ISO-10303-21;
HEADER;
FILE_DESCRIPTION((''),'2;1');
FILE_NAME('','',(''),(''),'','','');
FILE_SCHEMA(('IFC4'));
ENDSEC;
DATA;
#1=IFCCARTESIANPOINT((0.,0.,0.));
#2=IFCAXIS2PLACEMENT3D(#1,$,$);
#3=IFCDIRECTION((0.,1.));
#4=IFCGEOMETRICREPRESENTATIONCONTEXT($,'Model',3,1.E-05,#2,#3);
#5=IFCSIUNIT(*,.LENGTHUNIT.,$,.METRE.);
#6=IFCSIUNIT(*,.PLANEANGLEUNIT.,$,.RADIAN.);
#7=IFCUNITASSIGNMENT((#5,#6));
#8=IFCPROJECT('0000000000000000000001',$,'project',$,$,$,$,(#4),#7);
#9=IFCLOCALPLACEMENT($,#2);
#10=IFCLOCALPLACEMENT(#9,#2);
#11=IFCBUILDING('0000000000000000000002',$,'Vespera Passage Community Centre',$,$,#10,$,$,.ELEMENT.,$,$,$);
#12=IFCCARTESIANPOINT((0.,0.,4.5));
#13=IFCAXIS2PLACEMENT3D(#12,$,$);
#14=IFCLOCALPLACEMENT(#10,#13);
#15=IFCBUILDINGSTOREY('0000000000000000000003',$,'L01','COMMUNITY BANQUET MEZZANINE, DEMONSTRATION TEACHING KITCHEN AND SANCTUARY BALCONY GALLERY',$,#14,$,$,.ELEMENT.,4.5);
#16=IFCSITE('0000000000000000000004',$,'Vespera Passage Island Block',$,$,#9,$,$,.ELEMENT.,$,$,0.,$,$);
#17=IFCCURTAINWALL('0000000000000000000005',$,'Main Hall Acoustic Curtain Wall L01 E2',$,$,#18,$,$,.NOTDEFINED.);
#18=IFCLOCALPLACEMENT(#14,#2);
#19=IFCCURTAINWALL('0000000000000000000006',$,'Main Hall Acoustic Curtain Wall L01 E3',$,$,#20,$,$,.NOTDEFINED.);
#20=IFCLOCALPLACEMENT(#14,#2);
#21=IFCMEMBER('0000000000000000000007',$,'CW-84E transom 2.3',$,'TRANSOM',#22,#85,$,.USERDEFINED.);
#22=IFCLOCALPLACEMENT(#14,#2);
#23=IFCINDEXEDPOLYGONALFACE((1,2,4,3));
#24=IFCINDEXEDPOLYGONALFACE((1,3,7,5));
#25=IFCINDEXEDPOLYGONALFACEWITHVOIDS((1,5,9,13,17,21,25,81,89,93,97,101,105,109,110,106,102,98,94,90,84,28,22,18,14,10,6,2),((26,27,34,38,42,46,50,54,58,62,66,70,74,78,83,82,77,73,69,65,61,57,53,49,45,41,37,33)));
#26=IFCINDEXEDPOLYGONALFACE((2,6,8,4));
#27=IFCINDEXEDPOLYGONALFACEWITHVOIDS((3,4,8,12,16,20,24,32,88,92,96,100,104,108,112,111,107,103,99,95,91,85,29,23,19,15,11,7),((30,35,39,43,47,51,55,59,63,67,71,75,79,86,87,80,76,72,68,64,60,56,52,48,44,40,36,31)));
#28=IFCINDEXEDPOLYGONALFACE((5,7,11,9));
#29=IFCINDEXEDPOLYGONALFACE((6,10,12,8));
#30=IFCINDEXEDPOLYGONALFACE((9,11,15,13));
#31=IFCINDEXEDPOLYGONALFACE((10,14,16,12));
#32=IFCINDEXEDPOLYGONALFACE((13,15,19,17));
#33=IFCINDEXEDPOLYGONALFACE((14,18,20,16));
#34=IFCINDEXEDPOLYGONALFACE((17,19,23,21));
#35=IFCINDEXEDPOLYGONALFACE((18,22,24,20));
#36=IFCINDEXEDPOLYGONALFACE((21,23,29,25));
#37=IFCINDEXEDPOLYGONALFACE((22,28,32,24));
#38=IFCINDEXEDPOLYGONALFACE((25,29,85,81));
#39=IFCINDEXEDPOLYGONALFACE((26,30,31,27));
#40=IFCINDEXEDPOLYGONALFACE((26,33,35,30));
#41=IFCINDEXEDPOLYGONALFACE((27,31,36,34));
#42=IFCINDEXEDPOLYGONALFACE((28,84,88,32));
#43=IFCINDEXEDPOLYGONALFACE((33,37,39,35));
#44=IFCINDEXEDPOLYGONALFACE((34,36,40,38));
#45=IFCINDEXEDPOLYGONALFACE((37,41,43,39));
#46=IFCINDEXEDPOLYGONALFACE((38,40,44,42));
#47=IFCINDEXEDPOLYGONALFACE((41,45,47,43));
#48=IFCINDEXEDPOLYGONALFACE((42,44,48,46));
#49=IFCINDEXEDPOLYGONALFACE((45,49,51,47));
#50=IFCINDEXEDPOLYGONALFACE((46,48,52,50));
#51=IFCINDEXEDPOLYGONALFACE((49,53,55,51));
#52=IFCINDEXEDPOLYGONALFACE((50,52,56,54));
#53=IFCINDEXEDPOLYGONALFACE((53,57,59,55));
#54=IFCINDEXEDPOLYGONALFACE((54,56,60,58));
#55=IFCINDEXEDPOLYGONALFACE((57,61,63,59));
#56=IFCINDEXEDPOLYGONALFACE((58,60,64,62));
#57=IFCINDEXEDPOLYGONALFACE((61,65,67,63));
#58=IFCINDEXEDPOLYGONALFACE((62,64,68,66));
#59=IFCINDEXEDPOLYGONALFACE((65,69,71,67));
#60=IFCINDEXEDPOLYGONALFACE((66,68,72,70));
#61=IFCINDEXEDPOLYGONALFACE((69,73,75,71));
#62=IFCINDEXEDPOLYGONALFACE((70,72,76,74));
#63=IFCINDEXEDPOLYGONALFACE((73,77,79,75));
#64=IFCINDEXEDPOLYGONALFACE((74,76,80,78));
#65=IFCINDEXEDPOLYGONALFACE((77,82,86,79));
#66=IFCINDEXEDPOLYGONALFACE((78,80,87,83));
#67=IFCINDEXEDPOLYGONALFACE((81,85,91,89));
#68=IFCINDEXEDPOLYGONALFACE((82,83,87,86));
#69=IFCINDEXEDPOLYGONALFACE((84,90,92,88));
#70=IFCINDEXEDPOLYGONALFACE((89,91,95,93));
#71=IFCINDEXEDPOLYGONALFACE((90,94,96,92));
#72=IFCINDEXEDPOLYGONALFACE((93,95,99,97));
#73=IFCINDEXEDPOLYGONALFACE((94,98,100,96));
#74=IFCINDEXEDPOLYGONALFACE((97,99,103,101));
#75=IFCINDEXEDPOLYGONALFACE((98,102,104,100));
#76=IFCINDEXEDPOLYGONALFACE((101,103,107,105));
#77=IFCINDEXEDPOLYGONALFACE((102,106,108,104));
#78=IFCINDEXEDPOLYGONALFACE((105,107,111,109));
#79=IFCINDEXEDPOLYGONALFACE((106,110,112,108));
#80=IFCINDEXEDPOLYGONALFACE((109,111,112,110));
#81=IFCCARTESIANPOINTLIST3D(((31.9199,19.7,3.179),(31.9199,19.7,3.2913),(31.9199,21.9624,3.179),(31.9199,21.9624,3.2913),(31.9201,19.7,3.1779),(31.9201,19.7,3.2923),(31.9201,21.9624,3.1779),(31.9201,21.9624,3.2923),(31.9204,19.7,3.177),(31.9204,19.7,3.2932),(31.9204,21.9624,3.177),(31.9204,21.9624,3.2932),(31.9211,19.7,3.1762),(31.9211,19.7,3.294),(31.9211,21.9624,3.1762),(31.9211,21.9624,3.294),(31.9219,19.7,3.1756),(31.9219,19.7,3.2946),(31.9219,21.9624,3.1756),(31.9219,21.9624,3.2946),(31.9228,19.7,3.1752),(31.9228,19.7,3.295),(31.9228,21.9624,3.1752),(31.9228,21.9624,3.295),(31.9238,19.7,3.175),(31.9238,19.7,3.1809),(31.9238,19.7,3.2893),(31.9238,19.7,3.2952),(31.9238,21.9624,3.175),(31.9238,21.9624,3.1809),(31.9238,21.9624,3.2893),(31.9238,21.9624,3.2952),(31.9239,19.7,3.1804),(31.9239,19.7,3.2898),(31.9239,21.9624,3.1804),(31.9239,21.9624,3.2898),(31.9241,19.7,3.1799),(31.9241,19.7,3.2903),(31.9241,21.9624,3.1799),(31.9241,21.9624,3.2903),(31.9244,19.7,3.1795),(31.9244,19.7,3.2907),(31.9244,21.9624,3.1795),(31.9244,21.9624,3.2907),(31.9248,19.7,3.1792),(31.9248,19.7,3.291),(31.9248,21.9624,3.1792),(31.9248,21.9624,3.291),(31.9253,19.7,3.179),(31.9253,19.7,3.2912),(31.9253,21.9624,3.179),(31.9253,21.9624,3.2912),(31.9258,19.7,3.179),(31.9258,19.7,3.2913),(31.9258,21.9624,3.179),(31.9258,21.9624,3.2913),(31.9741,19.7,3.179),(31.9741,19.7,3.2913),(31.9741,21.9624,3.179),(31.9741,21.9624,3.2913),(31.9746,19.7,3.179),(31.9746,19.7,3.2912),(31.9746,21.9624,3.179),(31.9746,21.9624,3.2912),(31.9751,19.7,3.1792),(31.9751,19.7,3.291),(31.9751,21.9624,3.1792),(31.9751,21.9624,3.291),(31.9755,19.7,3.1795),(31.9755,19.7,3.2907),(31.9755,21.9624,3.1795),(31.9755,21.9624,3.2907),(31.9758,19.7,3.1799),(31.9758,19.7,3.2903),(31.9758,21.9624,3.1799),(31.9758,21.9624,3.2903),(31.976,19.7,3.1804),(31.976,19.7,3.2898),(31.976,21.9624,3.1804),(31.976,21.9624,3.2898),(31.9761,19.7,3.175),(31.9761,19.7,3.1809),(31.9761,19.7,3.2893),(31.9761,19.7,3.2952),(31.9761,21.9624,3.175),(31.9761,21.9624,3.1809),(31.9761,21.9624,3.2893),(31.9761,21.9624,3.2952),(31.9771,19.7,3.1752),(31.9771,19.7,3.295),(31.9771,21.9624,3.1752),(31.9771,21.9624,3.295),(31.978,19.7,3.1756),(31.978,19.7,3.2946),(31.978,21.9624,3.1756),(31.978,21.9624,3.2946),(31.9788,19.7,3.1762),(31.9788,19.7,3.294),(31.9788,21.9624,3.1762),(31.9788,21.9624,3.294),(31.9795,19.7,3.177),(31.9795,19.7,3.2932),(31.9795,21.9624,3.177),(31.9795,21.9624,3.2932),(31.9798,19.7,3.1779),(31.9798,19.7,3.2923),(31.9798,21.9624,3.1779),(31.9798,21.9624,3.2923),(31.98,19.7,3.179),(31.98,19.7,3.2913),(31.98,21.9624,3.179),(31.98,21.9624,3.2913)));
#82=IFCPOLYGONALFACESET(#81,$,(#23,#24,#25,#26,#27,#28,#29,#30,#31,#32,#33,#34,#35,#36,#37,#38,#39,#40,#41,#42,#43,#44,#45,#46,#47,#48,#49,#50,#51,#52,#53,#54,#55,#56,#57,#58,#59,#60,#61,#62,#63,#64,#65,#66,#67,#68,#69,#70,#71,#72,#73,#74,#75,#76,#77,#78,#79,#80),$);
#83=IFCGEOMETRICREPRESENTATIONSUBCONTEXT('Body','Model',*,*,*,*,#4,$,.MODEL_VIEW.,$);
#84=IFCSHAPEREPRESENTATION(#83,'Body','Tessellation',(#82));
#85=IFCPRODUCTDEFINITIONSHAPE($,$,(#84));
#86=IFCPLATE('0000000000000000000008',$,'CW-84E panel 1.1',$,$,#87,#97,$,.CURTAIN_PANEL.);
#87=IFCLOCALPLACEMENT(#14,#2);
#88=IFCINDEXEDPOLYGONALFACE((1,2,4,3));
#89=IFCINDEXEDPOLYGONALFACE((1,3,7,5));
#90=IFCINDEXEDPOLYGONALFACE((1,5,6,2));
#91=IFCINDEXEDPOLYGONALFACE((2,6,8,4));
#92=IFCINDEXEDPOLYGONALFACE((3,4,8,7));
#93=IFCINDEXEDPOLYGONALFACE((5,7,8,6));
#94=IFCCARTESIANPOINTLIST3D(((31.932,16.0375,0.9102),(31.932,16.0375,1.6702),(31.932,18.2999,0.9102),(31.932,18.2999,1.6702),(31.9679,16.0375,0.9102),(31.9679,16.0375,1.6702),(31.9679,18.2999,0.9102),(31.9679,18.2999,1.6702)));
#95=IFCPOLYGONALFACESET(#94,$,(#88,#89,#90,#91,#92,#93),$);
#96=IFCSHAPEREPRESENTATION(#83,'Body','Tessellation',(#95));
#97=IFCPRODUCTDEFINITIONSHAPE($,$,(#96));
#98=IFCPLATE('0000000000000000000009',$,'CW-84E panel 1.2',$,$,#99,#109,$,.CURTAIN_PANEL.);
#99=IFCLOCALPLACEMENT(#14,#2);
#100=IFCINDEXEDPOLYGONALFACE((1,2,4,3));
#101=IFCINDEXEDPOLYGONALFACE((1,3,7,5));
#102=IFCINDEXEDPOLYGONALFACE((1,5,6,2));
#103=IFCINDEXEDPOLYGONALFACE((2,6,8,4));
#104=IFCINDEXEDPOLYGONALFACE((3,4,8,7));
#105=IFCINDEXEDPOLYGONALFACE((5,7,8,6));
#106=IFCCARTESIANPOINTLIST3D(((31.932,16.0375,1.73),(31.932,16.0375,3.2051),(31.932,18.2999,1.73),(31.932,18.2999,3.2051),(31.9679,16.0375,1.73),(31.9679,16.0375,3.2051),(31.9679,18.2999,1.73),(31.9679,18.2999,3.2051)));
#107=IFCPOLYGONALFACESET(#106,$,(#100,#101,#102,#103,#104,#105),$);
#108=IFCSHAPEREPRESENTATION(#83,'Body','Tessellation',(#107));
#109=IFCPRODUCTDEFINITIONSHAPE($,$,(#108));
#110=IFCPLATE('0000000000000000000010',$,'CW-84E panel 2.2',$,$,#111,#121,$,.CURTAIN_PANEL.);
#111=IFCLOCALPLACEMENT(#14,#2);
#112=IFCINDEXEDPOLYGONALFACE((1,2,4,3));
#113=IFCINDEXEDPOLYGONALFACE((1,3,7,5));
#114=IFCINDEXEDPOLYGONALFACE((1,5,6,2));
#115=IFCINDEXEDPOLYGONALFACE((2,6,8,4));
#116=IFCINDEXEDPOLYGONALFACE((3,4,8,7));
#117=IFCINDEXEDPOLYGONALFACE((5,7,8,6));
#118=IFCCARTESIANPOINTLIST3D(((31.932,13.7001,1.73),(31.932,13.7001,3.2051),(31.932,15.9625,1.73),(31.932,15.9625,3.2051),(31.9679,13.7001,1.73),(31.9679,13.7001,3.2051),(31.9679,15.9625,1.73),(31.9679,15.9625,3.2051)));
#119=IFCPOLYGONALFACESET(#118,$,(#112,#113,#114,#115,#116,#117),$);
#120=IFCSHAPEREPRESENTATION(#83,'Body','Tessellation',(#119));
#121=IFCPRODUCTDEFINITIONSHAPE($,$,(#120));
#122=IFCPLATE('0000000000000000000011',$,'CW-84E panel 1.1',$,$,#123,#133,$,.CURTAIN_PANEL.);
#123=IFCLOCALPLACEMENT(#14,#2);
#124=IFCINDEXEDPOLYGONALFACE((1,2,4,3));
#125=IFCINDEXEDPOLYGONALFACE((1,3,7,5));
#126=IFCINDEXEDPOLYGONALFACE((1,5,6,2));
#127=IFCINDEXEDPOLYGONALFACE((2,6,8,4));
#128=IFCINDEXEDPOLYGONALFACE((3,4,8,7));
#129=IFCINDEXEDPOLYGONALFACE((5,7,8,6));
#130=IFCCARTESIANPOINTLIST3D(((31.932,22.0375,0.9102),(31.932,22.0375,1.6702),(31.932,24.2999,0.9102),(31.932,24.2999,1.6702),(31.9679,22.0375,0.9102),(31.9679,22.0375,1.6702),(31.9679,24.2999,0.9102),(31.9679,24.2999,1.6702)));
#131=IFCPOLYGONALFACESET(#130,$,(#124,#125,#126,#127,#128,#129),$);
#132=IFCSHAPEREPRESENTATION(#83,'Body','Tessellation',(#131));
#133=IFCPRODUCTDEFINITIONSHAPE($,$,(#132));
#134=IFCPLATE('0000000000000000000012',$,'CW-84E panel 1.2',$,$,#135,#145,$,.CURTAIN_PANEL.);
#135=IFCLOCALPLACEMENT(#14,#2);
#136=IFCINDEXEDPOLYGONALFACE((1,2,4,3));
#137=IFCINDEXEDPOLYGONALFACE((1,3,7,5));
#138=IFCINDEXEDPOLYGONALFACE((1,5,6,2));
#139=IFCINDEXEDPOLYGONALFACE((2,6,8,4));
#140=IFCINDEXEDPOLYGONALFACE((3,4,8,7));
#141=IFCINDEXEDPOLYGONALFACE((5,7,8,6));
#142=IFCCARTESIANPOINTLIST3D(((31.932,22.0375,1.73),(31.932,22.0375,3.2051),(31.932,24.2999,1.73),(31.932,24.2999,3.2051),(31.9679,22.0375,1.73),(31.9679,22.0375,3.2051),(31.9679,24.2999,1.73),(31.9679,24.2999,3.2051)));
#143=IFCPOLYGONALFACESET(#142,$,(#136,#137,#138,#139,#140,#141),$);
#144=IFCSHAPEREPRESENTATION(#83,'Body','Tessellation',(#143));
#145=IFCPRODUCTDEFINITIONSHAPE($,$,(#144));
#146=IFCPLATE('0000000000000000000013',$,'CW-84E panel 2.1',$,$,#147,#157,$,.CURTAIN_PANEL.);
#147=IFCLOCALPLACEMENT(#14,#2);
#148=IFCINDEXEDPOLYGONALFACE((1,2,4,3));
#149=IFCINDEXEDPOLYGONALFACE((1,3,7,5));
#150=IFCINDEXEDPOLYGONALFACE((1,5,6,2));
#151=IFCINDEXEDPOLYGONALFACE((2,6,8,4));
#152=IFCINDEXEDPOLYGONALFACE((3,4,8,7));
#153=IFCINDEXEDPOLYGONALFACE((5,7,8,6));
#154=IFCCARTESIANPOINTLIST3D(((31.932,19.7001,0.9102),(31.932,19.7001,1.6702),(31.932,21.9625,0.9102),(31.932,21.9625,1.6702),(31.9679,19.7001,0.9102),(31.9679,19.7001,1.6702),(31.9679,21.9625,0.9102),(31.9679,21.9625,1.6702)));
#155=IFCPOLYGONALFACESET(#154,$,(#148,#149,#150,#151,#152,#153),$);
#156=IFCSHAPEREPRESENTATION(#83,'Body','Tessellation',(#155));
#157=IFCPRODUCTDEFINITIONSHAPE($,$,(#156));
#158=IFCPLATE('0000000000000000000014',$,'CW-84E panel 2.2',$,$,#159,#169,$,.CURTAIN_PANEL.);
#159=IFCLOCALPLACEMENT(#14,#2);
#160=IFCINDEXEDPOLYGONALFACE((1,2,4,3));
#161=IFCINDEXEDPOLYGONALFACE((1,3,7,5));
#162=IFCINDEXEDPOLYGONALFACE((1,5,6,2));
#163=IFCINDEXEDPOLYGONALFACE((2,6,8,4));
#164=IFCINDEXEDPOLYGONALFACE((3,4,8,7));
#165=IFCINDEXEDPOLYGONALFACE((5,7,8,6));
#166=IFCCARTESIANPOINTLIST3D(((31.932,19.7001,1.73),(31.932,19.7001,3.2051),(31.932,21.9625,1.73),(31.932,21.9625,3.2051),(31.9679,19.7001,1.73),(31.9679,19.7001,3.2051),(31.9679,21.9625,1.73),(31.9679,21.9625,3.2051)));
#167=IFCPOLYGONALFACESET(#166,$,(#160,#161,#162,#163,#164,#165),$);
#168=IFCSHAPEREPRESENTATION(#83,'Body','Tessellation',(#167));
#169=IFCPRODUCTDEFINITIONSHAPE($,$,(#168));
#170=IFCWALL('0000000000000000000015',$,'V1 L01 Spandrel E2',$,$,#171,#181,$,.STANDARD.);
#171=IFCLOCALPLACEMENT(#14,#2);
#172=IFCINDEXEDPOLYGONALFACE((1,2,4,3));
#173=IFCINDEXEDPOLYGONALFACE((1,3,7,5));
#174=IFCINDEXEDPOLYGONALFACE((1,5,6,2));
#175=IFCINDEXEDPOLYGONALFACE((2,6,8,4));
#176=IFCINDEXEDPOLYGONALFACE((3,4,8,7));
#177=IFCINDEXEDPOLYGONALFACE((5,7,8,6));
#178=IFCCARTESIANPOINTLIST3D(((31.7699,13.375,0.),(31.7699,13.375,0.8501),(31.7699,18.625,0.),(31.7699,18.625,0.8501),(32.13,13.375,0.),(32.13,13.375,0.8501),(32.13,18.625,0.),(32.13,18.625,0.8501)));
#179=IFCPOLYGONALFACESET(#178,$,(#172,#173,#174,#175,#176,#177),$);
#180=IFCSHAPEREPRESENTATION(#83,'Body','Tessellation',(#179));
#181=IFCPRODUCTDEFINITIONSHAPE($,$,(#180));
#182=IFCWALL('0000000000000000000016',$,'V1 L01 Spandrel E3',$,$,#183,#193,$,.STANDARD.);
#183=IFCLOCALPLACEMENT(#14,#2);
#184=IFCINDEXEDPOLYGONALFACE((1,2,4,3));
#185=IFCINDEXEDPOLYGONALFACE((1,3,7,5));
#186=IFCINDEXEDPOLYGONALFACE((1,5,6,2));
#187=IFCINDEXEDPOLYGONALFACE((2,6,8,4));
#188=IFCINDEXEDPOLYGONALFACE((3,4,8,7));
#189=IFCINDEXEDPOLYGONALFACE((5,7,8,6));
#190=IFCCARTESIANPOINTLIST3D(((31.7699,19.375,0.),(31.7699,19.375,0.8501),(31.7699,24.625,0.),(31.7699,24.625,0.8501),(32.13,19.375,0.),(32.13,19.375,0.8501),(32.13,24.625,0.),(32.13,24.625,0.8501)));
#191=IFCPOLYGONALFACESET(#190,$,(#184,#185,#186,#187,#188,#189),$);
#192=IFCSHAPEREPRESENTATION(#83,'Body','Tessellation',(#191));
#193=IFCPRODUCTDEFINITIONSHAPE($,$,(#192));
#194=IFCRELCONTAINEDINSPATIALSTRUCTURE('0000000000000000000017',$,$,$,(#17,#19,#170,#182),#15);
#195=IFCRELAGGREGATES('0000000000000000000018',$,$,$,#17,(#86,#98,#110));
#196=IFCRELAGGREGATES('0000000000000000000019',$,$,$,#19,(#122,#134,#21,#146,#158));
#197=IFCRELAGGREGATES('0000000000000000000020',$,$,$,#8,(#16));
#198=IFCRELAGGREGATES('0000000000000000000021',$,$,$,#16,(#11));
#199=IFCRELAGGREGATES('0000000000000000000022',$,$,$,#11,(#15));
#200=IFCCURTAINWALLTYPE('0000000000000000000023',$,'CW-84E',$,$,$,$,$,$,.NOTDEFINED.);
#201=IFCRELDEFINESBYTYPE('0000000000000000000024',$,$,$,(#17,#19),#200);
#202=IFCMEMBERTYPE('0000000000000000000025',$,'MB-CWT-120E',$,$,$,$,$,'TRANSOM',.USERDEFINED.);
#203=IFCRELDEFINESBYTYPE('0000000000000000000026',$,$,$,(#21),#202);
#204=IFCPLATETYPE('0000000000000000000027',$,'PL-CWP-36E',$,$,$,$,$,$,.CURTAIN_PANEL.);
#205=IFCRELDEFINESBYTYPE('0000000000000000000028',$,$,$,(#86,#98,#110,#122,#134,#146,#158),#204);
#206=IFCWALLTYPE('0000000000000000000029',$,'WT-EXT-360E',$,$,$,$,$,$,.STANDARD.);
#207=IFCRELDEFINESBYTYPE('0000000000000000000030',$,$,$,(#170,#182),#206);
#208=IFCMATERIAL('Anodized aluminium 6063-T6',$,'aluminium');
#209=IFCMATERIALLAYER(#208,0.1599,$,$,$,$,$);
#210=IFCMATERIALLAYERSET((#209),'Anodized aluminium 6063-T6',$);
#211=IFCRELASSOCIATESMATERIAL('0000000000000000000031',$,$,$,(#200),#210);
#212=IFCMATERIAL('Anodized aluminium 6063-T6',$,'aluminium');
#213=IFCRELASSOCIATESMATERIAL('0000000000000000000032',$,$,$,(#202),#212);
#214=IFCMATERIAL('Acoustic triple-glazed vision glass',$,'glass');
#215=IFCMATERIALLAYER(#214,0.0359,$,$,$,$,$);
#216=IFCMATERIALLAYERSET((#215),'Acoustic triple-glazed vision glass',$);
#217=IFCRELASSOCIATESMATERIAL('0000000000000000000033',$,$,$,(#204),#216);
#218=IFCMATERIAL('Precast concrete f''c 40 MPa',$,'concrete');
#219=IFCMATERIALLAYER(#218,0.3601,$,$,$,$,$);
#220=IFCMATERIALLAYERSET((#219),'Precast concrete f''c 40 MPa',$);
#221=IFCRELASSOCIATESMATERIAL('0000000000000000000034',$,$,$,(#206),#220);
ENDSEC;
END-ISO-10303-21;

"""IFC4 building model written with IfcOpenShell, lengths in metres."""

from ifc_helpers import new_model, si_unit, direction, frame, frame_2d, origin, origin_2d, place, context, subcontext, project, spatial, rectangle, hollow_rectangle, extrude, material, layer, layer_set, material_profile, profile_set, type_object, element, aggregate, save


model = new_model("IFC4")

# Units and contexts
model_context = context("Model", 3, precision=1e-05, world=origin(), true_north=direction((0.0, 1.0)))
body_context = subcontext(model_context, "Body", "Model", "MODEL_VIEW")
ifc_project = project(units=[si_unit("LENGTHUNIT", "METRE"), si_unit("PLANEANGLEUNIT", "RADIAN")], contexts=[model_context])

# Site, building, storey
site_placement = place(None, origin())
site = spatial("IfcSite", under=ifc_project, at=site_placement, Name="Vespera Passage Island Block", CompositionType="ELEMENT", RefElevation=0.0)
building_placement = place(site_placement, origin())
building = spatial("IfcBuilding", under=site, at=building_placement, Name="Vespera Passage Community Centre", CompositionType="ELEMENT")
storey_placement = place(building_placement, frame((0.0, 0.0, 4.5)))
storey = spatial("IfcBuildingStorey", under=building, at=storey_placement, Name="L01", Description="COMMUNITY BANQUET MEZZANINE, DEMONSTRATION TEACHING KITCHEN AND SANCTUARY BALCONY GALLERY", CompositionType="ELEMENT", Elevation=4.5)

# Curtain walls
ifc_material_1 = material(Name="Anodized aluminium 6063-T6", Category="aluminium")
ifc_layer_1 = layer(ifc_material_1, 0.1599)
ifc_layer_set_1 = layer_set([ifc_layer_1], Name="Anodized aluminium 6063-T6")
curtain_wall_type = type_object("IfcCurtainWallType", Name="CW-84E", PredefinedType="NOTDEFINED", material=ifc_layer_set_1)
curtain_wall_1_placement = place(storey_placement, origin())
curtain_wall_1 = element("IfcCurtainWall", 1, at=curtain_wall_1_placement, inside=storey, type_object=curtain_wall_type, Name="Main Hall Acoustic Curtain Wall L01 E2", PredefinedType="NOTDEFINED")
curtain_wall_2_placement = place(storey_placement, origin())
curtain_wall_2 = element("IfcCurtainWall", 2, at=curtain_wall_2_placement, inside=storey, type_object=curtain_wall_type, Name="Main Hall Acoustic Curtain Wall L01 E3", PredefinedType="NOTDEFINED")

# Member
ifc_material_2 = material(Name="Anodized aluminium 6063-T6", Category="aluminium")
ifc_material_profile_1 = material_profile(ifc_material_2, hollow_rectangle(XDim=0.0601, YDim=0.1201, WallThickness=0.0039, InnerFilletRadius=0.002, OuterFilletRadius=0.0039, at=origin_2d()), Name="ALU120X60X4")
ifc_profile_set_1 = profile_set([ifc_material_profile_1], Name="Anodized aluminium 6063-T6")
member_type_1 = type_object("IfcMemberType", Name="MB-CWT-120E", ElementType="TRANSOM", PredefinedType="USERDEFINED", material=ifc_profile_set_1)
member_1_placement = place(storey_placement, frame((31.95, 21.9624, 3.2351), z_axis=(0.0, -1.0, 0.0), x_axis=(1.0, 0.0, 0.0)))
member_1 = element("IfcMember", 3, at=member_1_placement, type_object=member_type_1, Name="CW-84E transom 2.3", ObjectType="TRANSOM", PredefinedType="USERDEFINED", context=body_context, shape_type="SweptSolid", body=[
    extrude(hollow_rectangle(XDim=0.0601, YDim=0.1201, WallThickness=0.0039, InnerFilletRadius=0.002, OuterFilletRadius=0.0039, at=origin_2d()), origin(), (0.0, 0.0, 1.0), 2.2625),
])

# Plates
ifc_material_3 = material(Name="Acoustic triple-glazed vision glass", Category="glass")
ifc_layer_2 = layer(ifc_material_3, 0.0359)
ifc_layer_set_2 = layer_set([ifc_layer_2], Name="Acoustic triple-glazed vision glass")
plate_type = type_object("IfcPlateType", Name="PL-CWP-36E", PredefinedType="CURTAIN_PANEL", material=ifc_layer_set_2)
plate_1_placement = place(storey_placement, frame((31.95, 17.1687, 0.9102), z_axis=(0.0, 0.0, 1.0), x_axis=(0.0, -1.0, 0.0)))
plate_1 = element("IfcPlate", 4, at=plate_1_placement, type_object=plate_type, Name="CW-84E panel 1.1", PredefinedType="CURTAIN_PANEL", context=body_context, shape_type="SweptSolid", body=[
    extrude(rectangle(XDim=2.2625, YDim=0.0359, at=origin_2d()), origin(), (0.0, 0.0, 1.0), 0.76),
])
plate_2_placement = place(storey_placement, frame((31.95, 17.1687, 1.73), z_axis=(0.0, 0.0, 1.0), x_axis=(0.0, -1.0, 0.0)))
plate_2 = element("IfcPlate", 5, at=plate_2_placement, type_object=plate_type, Name="CW-84E panel 1.2", PredefinedType="CURTAIN_PANEL", context=body_context, shape_type="SweptSolid", body=[
    extrude(rectangle(XDim=2.2625, YDim=0.0359, at=origin_2d()), origin(), (0.0, 0.0, 1.0), 1.4751),
])
plate_3_placement = place(storey_placement, frame((31.95, 14.8313, 1.73), z_axis=(0.0, 0.0, 1.0), x_axis=(0.0, -1.0, 0.0)))
plate_3 = element("IfcPlate", 6, at=plate_3_placement, type_object=plate_type, Name="CW-84E panel 2.2", PredefinedType="CURTAIN_PANEL", context=body_context, shape_type="SweptSolid", body=[
    extrude(rectangle(XDim=2.2625, YDim=0.0359, at=origin_2d()), origin(), (0.0, 0.0, 1.0), 1.4751),
])
aggregate(curtain_wall_1, [plate_1, plate_2, plate_3])
plate_4_placement = place(storey_placement, frame((31.95, 23.1687, 0.9102), z_axis=(0.0, 0.0, 1.0), x_axis=(0.0, -1.0, 0.0)))
plate_4 = element("IfcPlate", 7, at=plate_4_placement, type_object=plate_type, Name="CW-84E panel 1.1", PredefinedType="CURTAIN_PANEL", context=body_context, shape_type="SweptSolid", body=[
    extrude(rectangle(XDim=2.2625, YDim=0.0359, at=origin_2d()), origin(), (0.0, 0.0, 1.0), 0.76),
])
plate_5_placement = place(storey_placement, frame((31.95, 23.1687, 1.73), z_axis=(0.0, 0.0, 1.0), x_axis=(0.0, -1.0, 0.0)))
plate_5 = element("IfcPlate", 8, at=plate_5_placement, type_object=plate_type, Name="CW-84E panel 1.2", PredefinedType="CURTAIN_PANEL", context=body_context, shape_type="SweptSolid", body=[
    extrude(rectangle(XDim=2.2625, YDim=0.0359, at=origin_2d()), origin(), (0.0, 0.0, 1.0), 1.4751),
])
plate_6_placement = place(storey_placement, frame((31.95, 20.8313, 0.9102), z_axis=(0.0, 0.0, 1.0), x_axis=(0.0, -1.0, 0.0)))
plate_6 = element("IfcPlate", 9, at=plate_6_placement, type_object=plate_type, Name="CW-84E panel 2.1", PredefinedType="CURTAIN_PANEL", context=body_context, shape_type="SweptSolid", body=[
    extrude(rectangle(XDim=2.2625, YDim=0.0359, at=origin_2d()), origin(), (0.0, 0.0, 1.0), 0.76),
])
plate_7_placement = place(storey_placement, frame((31.95, 20.8313, 1.73), z_axis=(0.0, 0.0, 1.0), x_axis=(0.0, -1.0, 0.0)))
plate_7 = element("IfcPlate", 10, at=plate_7_placement, type_object=plate_type, Name="CW-84E panel 2.2", PredefinedType="CURTAIN_PANEL", context=body_context, shape_type="SweptSolid", body=[
    extrude(rectangle(XDim=2.2625, YDim=0.0359, at=origin_2d()), origin(), (0.0, 0.0, 1.0), 1.4751),
])
aggregate(curtain_wall_2, [plate_4, plate_5, member_1, plate_6, plate_7])

# Walls
ifc_material_4 = material(Name="Precast concrete f'c 40 MPa", Category="concrete")
ifc_layer_3 = layer(ifc_material_4, 0.3601)
ifc_layer_set_3 = layer_set([ifc_layer_3], Name="Precast concrete f'c 40 MPa")
wall_type = type_object("IfcWallType", Name="WT-EXT-360E", PredefinedType="STANDARD", material=ifc_layer_set_3)
for number, where, z_axis, x_axis, name in (
    (11, (31.95, 18.625, 0.0), (0.0, 0.0, 1.0), (0.0, -1.0, 0.0), "V1 L01 Spandrel E2"),
    (12, (31.95, 24.625, 0.0), (0.0, 0.0, 1.0), (0.0, -1.0, 0.0), "V1 L01 Spandrel E3"),
):
    element("IfcWall", number, at=place(storey_placement, frame(where, z_axis=z_axis, x_axis=x_axis)), inside=storey, type_object=wall_type, Name=name, PredefinedType="STANDARD", context=body_context, shape_type="SweptSolid", body=[
        extrude(rectangle(XDim=5.25, YDim=0.3601, at=frame_2d((2.625, 0.0))), origin(), (0.0, 0.0, 1.0), 0.8501),
    ])

save(model, "model.ifc")
